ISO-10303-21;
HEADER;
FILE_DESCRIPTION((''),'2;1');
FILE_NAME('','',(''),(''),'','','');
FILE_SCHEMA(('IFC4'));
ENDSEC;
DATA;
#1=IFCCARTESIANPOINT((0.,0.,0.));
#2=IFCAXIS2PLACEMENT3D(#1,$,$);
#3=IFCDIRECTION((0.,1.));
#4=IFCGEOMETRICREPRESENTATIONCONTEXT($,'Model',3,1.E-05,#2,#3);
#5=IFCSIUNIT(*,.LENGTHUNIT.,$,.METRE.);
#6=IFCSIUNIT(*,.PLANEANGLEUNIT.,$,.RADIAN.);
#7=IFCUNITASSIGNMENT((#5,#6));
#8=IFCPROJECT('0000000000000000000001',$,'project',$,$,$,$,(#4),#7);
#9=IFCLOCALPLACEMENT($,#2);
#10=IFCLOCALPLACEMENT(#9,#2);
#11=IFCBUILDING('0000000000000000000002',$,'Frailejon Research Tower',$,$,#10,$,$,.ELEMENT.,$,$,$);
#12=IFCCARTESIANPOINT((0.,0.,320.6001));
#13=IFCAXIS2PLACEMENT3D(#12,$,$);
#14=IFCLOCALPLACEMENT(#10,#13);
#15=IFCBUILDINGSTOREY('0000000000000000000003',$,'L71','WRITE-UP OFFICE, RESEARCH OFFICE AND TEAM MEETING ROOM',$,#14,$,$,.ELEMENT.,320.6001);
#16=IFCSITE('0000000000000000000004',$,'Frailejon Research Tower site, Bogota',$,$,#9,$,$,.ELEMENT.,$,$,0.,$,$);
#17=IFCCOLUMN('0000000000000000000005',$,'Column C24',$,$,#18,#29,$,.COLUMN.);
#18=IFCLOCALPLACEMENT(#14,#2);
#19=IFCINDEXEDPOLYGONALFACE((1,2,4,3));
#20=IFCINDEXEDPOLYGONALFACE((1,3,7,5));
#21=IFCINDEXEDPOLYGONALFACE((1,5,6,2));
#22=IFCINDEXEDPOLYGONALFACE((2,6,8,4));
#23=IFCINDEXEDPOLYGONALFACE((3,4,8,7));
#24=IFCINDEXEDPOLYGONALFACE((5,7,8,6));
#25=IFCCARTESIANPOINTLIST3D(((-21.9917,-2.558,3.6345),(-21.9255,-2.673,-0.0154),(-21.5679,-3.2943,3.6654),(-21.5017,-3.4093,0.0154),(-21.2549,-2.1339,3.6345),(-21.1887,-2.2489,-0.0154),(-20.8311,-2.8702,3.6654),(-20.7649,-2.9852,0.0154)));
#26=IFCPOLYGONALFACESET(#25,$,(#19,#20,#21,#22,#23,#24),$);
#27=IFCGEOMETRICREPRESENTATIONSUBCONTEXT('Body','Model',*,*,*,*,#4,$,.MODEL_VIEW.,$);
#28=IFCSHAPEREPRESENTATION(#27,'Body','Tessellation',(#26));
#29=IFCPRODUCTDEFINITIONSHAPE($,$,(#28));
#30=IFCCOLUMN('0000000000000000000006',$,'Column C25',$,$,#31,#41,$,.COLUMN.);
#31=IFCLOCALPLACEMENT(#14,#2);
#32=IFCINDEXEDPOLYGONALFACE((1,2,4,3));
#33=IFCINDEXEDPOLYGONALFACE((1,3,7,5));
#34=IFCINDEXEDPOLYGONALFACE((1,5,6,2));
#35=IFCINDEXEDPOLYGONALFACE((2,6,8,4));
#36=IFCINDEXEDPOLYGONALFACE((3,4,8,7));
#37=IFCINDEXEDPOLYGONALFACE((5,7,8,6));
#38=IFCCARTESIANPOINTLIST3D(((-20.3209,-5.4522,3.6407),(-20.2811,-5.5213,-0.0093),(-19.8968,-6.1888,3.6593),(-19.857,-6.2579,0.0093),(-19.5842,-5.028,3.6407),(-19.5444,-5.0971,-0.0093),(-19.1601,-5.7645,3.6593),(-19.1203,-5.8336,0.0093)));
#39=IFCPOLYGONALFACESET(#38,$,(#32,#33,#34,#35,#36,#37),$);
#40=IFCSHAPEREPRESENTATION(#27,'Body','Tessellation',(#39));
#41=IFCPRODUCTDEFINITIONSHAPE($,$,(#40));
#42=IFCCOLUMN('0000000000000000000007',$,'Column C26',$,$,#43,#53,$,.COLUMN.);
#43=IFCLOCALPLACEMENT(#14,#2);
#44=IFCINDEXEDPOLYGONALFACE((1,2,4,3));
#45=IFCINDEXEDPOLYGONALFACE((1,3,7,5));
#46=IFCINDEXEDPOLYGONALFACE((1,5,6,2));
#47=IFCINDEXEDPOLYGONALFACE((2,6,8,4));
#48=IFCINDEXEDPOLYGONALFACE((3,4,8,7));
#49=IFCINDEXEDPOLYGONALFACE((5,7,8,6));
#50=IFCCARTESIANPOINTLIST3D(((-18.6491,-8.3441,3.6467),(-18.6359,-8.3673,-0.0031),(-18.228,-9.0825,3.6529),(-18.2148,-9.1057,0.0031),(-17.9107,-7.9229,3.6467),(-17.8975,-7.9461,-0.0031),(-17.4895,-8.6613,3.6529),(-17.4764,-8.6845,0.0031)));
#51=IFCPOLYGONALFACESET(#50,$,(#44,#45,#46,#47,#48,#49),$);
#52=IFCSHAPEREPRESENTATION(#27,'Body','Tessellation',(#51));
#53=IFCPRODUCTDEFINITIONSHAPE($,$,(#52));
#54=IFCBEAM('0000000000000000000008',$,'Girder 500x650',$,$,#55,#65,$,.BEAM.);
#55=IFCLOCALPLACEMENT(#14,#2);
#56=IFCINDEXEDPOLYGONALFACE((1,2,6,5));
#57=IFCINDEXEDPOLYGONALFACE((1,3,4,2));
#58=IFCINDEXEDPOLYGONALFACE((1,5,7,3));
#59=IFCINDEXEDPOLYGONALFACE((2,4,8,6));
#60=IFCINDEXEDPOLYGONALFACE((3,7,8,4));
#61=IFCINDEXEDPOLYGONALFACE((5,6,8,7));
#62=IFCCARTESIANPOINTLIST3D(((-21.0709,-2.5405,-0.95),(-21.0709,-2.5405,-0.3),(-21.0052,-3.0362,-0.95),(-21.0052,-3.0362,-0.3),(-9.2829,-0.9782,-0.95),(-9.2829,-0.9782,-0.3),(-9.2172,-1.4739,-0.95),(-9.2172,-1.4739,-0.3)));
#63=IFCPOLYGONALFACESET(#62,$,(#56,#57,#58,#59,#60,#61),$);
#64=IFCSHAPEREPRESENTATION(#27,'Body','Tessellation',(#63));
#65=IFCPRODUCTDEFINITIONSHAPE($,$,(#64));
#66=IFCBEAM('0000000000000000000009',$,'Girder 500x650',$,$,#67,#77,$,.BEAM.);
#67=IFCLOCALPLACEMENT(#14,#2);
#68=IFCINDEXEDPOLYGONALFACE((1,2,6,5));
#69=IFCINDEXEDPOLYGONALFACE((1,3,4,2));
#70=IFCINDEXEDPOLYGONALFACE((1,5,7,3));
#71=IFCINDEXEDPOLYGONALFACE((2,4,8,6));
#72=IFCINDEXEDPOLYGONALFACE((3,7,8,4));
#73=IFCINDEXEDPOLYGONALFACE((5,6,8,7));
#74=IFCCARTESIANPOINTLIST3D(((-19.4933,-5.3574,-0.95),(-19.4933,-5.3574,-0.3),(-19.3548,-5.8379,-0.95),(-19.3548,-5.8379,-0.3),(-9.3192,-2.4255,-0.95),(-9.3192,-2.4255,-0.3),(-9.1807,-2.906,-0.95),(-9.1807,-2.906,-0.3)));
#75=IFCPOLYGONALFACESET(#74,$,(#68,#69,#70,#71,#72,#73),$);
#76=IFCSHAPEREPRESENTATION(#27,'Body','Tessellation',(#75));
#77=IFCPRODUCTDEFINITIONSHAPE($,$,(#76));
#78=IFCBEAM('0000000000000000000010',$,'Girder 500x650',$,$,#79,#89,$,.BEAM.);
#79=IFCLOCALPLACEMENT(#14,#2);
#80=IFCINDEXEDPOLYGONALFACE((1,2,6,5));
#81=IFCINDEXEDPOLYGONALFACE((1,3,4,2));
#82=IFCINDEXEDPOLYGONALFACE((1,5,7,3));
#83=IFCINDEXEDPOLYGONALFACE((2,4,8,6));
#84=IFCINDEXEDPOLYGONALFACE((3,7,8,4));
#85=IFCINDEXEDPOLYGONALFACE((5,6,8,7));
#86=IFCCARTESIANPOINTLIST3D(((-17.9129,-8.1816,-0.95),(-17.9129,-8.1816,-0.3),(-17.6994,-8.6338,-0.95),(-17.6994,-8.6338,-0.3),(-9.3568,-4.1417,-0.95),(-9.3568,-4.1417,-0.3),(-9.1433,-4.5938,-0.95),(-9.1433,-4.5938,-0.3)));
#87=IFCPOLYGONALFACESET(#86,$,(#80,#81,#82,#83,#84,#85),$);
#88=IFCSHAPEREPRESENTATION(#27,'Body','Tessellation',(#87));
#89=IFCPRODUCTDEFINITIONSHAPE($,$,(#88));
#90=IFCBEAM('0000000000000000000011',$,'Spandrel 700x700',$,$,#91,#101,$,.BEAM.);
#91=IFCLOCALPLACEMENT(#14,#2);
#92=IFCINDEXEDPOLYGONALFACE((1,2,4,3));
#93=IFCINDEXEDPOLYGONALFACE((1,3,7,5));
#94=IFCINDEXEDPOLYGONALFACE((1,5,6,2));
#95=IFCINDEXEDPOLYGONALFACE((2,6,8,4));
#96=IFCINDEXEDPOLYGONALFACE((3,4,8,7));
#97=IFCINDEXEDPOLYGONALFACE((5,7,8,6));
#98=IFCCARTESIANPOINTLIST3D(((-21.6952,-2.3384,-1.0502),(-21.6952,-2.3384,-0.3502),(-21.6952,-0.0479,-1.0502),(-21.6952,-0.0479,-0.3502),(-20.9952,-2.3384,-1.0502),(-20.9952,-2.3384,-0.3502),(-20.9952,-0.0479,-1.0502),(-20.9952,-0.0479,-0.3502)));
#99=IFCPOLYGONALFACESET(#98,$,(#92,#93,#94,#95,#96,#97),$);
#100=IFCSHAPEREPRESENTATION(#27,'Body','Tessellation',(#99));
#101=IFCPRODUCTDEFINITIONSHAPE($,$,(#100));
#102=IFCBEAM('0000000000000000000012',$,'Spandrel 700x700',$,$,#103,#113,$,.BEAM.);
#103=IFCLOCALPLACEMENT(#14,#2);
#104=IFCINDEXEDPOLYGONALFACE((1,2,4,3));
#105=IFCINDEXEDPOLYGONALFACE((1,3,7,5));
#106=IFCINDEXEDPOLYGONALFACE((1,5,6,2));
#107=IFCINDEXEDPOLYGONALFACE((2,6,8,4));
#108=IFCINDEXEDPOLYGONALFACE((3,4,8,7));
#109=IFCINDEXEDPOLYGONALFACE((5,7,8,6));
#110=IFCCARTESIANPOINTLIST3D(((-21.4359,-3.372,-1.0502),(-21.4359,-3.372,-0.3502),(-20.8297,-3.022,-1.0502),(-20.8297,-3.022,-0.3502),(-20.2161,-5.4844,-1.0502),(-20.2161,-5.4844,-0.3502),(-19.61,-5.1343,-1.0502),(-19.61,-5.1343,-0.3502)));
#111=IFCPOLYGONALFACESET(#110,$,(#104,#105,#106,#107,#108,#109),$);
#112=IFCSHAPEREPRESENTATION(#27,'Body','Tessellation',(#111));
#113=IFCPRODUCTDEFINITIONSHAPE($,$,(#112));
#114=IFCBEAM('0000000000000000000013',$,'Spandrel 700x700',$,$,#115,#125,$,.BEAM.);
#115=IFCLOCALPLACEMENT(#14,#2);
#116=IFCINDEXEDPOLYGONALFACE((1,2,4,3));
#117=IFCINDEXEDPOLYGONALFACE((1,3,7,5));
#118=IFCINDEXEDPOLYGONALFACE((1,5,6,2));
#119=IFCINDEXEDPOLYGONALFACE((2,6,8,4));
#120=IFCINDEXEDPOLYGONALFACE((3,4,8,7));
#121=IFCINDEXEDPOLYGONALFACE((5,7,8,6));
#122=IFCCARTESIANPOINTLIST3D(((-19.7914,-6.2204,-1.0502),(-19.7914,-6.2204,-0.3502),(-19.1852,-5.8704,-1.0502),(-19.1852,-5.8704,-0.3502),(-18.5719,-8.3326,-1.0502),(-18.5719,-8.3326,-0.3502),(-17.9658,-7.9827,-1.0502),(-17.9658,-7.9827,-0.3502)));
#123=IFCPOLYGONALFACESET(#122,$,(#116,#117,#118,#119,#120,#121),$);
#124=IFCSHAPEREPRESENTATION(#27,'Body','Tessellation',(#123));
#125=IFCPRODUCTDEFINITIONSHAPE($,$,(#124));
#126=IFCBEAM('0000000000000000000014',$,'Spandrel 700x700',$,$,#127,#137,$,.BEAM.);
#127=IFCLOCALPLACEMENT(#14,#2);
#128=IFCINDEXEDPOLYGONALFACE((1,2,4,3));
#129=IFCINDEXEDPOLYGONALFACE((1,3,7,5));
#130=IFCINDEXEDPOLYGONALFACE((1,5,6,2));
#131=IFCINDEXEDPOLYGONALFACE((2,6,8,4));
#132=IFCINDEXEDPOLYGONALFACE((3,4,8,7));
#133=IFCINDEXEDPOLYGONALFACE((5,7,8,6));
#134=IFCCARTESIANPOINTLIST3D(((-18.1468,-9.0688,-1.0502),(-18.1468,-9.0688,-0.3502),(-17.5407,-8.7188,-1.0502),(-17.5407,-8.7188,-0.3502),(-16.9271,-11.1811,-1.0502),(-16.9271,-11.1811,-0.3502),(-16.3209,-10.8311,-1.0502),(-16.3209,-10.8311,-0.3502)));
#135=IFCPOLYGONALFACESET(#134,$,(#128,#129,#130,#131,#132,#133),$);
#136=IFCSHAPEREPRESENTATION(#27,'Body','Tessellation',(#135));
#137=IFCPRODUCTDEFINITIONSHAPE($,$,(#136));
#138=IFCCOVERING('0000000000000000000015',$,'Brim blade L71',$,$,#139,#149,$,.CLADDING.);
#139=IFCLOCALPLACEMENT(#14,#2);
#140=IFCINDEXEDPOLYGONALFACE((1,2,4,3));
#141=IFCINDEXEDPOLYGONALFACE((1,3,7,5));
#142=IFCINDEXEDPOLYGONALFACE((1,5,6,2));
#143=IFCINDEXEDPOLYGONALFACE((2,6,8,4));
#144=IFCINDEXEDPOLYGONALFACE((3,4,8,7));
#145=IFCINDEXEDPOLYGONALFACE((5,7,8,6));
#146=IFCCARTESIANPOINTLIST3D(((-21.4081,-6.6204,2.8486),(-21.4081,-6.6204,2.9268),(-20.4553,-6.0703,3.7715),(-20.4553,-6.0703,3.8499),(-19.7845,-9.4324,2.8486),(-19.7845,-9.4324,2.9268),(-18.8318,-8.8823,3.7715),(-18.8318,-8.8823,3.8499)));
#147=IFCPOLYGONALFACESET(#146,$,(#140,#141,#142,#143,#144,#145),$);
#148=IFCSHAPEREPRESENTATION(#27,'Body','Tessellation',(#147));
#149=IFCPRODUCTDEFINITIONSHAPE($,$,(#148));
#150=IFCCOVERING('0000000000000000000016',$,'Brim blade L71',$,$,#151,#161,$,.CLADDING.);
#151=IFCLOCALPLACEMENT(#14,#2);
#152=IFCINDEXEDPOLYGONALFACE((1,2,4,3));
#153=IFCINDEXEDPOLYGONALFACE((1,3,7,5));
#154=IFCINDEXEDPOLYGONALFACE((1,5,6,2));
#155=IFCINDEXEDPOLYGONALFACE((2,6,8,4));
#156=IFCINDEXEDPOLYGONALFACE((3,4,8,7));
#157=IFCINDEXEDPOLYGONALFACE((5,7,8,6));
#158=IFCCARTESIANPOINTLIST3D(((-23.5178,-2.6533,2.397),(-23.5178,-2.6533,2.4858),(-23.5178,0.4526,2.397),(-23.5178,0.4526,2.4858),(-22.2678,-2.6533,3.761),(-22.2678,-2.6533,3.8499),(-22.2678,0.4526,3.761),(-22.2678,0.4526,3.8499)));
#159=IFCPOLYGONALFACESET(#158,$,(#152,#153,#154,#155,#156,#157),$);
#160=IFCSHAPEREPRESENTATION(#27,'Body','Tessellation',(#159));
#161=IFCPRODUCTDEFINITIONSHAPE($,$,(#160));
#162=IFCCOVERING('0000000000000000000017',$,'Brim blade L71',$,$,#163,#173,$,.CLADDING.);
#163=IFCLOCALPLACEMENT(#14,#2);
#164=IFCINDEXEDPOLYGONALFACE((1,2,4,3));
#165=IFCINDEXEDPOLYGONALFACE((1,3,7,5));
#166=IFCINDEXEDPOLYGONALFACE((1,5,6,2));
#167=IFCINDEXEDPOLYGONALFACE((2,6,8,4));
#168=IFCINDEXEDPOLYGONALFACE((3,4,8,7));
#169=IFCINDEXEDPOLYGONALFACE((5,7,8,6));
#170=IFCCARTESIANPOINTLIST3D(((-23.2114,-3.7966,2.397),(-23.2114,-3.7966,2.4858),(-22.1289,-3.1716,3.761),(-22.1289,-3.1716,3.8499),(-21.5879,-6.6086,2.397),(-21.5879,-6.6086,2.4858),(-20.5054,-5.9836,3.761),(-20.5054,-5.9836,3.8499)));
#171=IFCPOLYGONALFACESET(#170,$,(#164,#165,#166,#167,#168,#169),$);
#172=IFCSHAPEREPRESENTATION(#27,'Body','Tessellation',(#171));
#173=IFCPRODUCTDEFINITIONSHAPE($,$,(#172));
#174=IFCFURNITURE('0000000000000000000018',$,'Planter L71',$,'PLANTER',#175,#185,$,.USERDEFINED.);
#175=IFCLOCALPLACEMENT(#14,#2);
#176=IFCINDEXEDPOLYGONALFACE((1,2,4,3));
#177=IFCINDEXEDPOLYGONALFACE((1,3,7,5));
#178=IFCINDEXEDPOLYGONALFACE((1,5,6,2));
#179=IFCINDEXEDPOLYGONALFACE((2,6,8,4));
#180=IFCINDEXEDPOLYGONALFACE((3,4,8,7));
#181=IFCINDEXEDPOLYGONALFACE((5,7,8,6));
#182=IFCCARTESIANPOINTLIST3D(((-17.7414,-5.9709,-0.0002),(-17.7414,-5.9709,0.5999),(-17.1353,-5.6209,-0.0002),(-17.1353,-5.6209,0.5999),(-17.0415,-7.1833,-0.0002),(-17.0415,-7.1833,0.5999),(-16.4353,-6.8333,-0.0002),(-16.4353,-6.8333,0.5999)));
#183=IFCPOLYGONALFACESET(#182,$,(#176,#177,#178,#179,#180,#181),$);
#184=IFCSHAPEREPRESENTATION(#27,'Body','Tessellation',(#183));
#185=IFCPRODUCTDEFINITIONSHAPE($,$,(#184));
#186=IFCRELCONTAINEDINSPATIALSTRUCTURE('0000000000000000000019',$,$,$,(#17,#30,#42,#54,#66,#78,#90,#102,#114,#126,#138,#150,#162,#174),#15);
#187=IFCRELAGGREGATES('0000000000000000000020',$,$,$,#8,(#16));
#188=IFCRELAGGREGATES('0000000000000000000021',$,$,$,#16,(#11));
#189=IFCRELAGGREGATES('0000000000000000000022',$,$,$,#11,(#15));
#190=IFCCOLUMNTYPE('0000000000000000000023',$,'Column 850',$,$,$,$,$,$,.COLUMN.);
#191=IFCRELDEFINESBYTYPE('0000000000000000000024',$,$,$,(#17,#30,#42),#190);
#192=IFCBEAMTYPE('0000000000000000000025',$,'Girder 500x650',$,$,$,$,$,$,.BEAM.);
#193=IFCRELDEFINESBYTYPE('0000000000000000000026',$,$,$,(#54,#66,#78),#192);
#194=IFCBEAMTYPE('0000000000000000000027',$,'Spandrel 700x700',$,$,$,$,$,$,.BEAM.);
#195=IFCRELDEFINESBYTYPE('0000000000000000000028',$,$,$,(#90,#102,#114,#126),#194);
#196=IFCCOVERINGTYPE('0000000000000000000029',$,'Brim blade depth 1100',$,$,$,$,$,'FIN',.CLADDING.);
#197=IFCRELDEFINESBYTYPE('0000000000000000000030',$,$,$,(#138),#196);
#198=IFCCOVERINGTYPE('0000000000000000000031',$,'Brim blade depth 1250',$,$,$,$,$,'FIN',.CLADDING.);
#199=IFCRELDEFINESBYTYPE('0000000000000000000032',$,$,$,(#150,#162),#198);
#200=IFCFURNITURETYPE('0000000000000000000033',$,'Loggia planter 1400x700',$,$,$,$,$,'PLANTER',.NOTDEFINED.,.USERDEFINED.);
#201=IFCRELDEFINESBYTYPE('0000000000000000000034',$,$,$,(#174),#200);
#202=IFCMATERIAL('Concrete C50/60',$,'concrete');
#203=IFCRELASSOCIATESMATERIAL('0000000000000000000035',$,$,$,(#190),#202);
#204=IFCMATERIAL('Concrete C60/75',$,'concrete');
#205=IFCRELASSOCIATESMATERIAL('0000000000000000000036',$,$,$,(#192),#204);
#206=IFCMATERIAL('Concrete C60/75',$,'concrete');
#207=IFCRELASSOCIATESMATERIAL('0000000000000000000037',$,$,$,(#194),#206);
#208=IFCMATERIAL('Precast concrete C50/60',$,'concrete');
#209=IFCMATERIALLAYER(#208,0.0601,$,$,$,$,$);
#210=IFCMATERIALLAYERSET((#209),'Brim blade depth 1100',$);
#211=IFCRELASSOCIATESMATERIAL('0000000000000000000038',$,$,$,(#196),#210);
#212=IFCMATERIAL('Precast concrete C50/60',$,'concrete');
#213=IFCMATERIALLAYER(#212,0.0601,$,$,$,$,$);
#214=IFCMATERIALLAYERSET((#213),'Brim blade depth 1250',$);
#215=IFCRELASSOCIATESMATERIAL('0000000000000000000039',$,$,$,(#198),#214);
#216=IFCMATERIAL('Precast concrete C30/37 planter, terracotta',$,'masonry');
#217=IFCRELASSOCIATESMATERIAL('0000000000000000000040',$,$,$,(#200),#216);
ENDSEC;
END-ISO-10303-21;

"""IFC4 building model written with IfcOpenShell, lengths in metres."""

from ifc_helpers import new_model, si_unit, direction, frame, origin, origin_2d, place, context, subcontext, project, spatial, polyline, rectangle, outline, extrude, material, layer, layer_set, material_profile, profile_set, type_object, element, save


model = new_model("IFC4")

# Units and contexts
model_context = context("Model", 3, precision=1e-05, world=origin(), true_north=direction((0.0, 1.0)))
body_context = subcontext(model_context, "Body", "Model", "MODEL_VIEW")
ifc_project = project(units=[si_unit("LENGTHUNIT", "METRE"), si_unit("PLANEANGLEUNIT", "RADIAN")], contexts=[model_context])

# Site, building, storey
site_placement = place(None, origin())
site = spatial("IfcSite", under=ifc_project, at=site_placement, Name="Frailejon Research Tower site, Bogota", CompositionType="ELEMENT", RefElevation=0.0)
building_placement = place(site_placement, origin())
building = spatial("IfcBuilding", under=site, at=building_placement, Name="Frailejon Research Tower", CompositionType="ELEMENT")
storey_placement = place(building_placement, frame((0.0, 0.0, 320.6001)))
storey = spatial("IfcBuildingStorey", under=building, at=storey_placement, Name="L71", Description="WRITE-UP OFFICE, RESEARCH OFFICE AND TEAM MEETING ROOM", CompositionType="ELEMENT", Elevation=320.6001)

# Columns
ifc_material_1 = material(Name="Concrete C50/60", Category="concrete")
ifc_material_profile_1 = material_profile(ifc_material_1, rectangle(XDim=0.8501, YDim=0.8501, at=origin_2d()), Name="Column 850")
ifc_profile_set_1 = profile_set([ifc_material_profile_1], Name="Concrete C50/60")
column_type = type_object("IfcColumnType", Name="Column 850", PredefinedType="COLUMN", material=ifc_profile_set_1)
column_1_placement = place(storey_placement, frame((-21.3452, -2.8291, 0.0), z_axis=(-0.018115, 0.031484, 0.99934), x_axis=(0.498543, -0.866104, 0.036324)))
element("IfcColumn", 1, at=column_1_placement, inside=storey, type_object=column_type, Name="Column C24", PredefinedType="COLUMN", context=body_context, shape_type="SweptSolid", body=[
    extrude(rectangle(XDim=0.8501, YDim=0.8501, at=origin_2d()), origin(), (0.0, 0.0, 1.0), 3.6523),
])
column_2_placement = place(storey_placement, frame((-19.7007, -5.6775, 0.0), z_axis=(-0.0109, 0.018925, 0.999761), x_axis=(0.498899, -0.866385, 0.02184)))
element("IfcColumn", 2, at=column_2_placement, inside=storey, type_object=column_type, Name="Column C25", PredefinedType="COLUMN", context=body_context, shape_type="SweptSolid", body=[
    extrude(rectangle(XDim=0.8501, YDim=0.8501, at=origin_2d()), origin(), (0.0, 0.0, 1.0), 3.6509),
])
column_3_placement = place(storey_placement, frame((-18.0562, -8.5259, 0.0), z_axis=(-0.003612, 0.006354, 0.999973), x_axis=(0.495427, -0.868619, 0.007309)))
element("IfcColumn", 3, at=column_3_placement, inside=storey, type_object=column_type, Name="Column C26", PredefinedType="COLUMN", context=body_context, shape_type="SweptSolid", body=[
    extrude(rectangle(XDim=0.8501, YDim=0.8501, at=origin_2d()), origin(), (0.0, 0.0, 1.0), 3.6499),
])

# Beams
ifc_material_2 = material(Name="Concrete C60/75", Category="concrete")
ifc_material_profile_2 = material_profile(ifc_material_2, rectangle(XDim=0.5, YDim=0.6499, at=origin_2d()), Name="Girder 500x650")
ifc_profile_set_2 = profile_set([ifc_material_profile_2], Name="Concrete C60/75")
beam_type_1 = type_object("IfcBeamType", Name="Girder 500x650", PredefinedType="BEAM", material=ifc_profile_set_2)
beam_1_placement = place(storey_placement, frame((-21.0381, -2.7883, -0.625), z_axis=(0.991332, 0.13138, 0.0), x_axis=(-0.13138, 0.991332, 0.0)))
element("IfcBeam", 4, at=beam_1_placement, inside=storey, type_object=beam_type_1, Name="Girder 500x650", PredefinedType="BEAM", context=body_context, shape_type="SweptSolid", body=[
    extrude(rectangle(XDim=0.5, YDim=0.6499, at=origin_2d()), origin(), (0.0, 0.0, 1.0), 11.8911),
])
beam_2_placement = place(storey_placement, frame((-19.4241, -5.5977, -0.625), z_axis=(0.960898, 0.276904, 0.0), x_axis=(-0.276904, 0.960898, 0.0)))
element("IfcBeam", 5, at=beam_2_placement, inside=storey, type_object=beam_type_1, Name="Girder 500x650", PredefinedType="BEAM", context=body_context, shape_type="SweptSolid", body=[
    extrude(rectangle(XDim=0.5, YDim=0.6499, at=origin_2d()), origin(), (0.0, 0.0, 1.0), 10.5881),
])
beam_3_placement = place(storey_placement, frame((-17.8062, -8.4077, -0.625), z_axis=(0.904264, 0.426975, 0.0), x_axis=(-0.426975, 0.904264, 0.0)))
element("IfcBeam", 6, at=beam_3_placement, inside=storey, type_object=beam_type_1, Name="Girder 500x650", PredefinedType="BEAM", context=body_context, shape_type="SweptSolid", body=[
    extrude(rectangle(XDim=0.5, YDim=0.6499, at=origin_2d()), origin(), (0.0, 0.0, 1.0), 9.4619),
])
ifc_material_3 = material(Name="Concrete C60/75", Category="concrete")
ifc_material_profile_3 = material_profile(ifc_material_3, rectangle(XDim=0.7, YDim=0.7, at=origin_2d()), Name="Spandrel 700x700")
ifc_profile_set_3 = profile_set([ifc_material_profile_3], Name="Concrete C60/75")
beam_type_2 = type_object("IfcBeamType", Name="Spandrel 700x700", PredefinedType="BEAM", material=ifc_profile_set_3)
beam_4_placement = place(storey_placement, frame((-21.3452, -0.0479, -0.7002), z_axis=(0.0, -1.0, 0.0), x_axis=(1.0, 0.0, 0.0)))
element("IfcBeam", 7, at=beam_4_placement, inside=storey, type_object=beam_type_2, Name="Spandrel 700x700", PredefinedType="BEAM", context=body_context, shape_type="SweptSolid", body=[
    extrude(rectangle(XDim=0.7, YDim=0.7, at=origin_2d()), origin(), (0.0, 0.0, 1.0), 2.2905),
])
beam_5_placement = place(storey_placement, frame((-21.1328, -3.197, -0.7002), z_axis=(0.500057, -0.865992, 0.0), x_axis=(0.865992, 0.500057, 0.0)))
element("IfcBeam", 8, at=beam_5_placement, inside=storey, type_object=beam_type_2, Name="Spandrel 700x700", PredefinedType="BEAM", context=body_context, shape_type="SweptSolid", body=[
    extrude(rectangle(XDim=0.7, YDim=0.7, at=origin_2d()), origin(), (0.0, 0.0, 1.0), 2.4392),
])
beam_6_placement = place(storey_placement, frame((-19.4883, -6.0454, -0.7002), z_axis=(0.499982, -0.866036, 0.0), x_axis=(0.866036, 0.499982, 0.0)))
element("IfcBeam", 9, at=beam_6_placement, inside=storey, type_object=beam_type_2, Name="Spandrel 700x700", PredefinedType="BEAM", context=body_context, shape_type="SweptSolid", body=[
    extrude(rectangle(XDim=0.7, YDim=0.7, at=origin_2d()), origin(), (0.0, 0.0, 1.0), 2.439),
])
beam_7_placement = place(storey_placement, frame((-17.8438, -8.8938, -0.7002), z_axis=(0.500057, -0.865992, 0.0), x_axis=(0.865992, 0.500057, 0.0)))
element("IfcBeam", 10, at=beam_7_placement, inside=storey, type_object=beam_type_2, Name="Spandrel 700x700", PredefinedType="BEAM", context=body_context, shape_type="SweptSolid", body=[
    extrude(rectangle(XDim=0.7, YDim=0.7, at=origin_2d()), origin(), (0.0, 0.0, 1.0), 2.4392),
])

# Coverings
ifc_material_4 = material(Name="Precast concrete C50/60", Category="concrete")
ifc_layer_1 = layer(ifc_material_4, 0.0601)
ifc_layer_set_1 = layer_set([ifc_layer_1], Name="Brim blade depth 1100")
covering_type_1 = type_object("IfcCoveringType", Name="Brim blade depth 1100", ElementType="FIN", PredefinedType="CLADDING", material=ifc_layer_set_1)
covering_1_placement = place(storey_placement, frame((-18.8318, -8.8823, 3.8499), z_axis=(-0.500008, 0.866021, 0.0), x_axis=(-0.866021, -0.500008, 0.0)))
element("IfcCovering", 11, at=covering_1_placement, inside=storey, type_object=covering_type_1, Name="Brim blade L71", PredefinedType="CLADDING", context=body_context, shape_type="SweptSolid", body=[
    extrude(outline(polyline([(0.0, -0.0784), (1.1001, -1.0012), (1.1001, -0.9231), (0.0, 0.0), (0.0, -0.0784)])), origin(), (0.0, 0.0, 1.0), 3.2471),
])
ifc_material_5 = material(Name="Precast concrete C50/60", Category="concrete")
ifc_layer_2 = layer(ifc_material_5, 0.0601)
ifc_layer_set_2 = layer_set([ifc_layer_2], Name="Brim blade depth 1250")
covering_type_2 = type_object("IfcCoveringType", Name="Brim blade depth 1250", ElementType="FIN", PredefinedType="CLADDING", material=ifc_layer_set_2)
covering_2_placement = place(storey_placement, frame((-22.2678, -2.6533, 3.8499), z_axis=(0.0, 1.0, 0.0), x_axis=(-1.0, 0.0, 0.0)))
element("IfcCovering", 12, at=covering_2_placement, inside=storey, type_object=covering_type_2, Name="Brim blade L71", PredefinedType="CLADDING", context=body_context, shape_type="SweptSolid", body=[
    extrude(outline(polyline([(0.0, -0.0889), (1.25, -1.4529), (1.25, -1.364), (0.0, 0.0), (0.0, -0.0889)])), origin(), (0.0, 0.0, 1.0), 3.106),
])
covering_3_placement = place(storey_placement, frame((-20.5054, -5.9836, 3.8499), z_axis=(-0.499985, 0.866034, 0.0), x_axis=(-0.866034, -0.499985, 0.0)))
element("IfcCovering", 13, at=covering_3_placement, inside=storey, type_object=covering_type_2, Name="Brim blade L71", PredefinedType="CLADDING", context=body_context, shape_type="SweptSolid", body=[
    extrude(outline(polyline([(0.0, -0.0889), (1.25, -1.4529), (1.25, -1.364), (0.0, 0.0), (0.0, -0.0889)])), origin(), (0.0, 0.0, 1.0), 3.2471),
])

# Furniture
ifc_material_6 = material(Name="Precast concrete C30/37 planter, terracotta", Category="masonry")
furniture_type = type_object("IfcFurnitureType", Name="Loggia planter 1400x700", ElementType="PLANTER", AssemblyPlace="NOTDEFINED", PredefinedType="USERDEFINED", material=ifc_material_6)
furniture_placement = place(storey_placement, frame((-17.0884, -6.4021, -0.0002), z_axis=(0.0, 0.0, 1.0), x_axis=(0.5, -0.866025, 0.0)))
element("IfcFurniture", 14, at=furniture_placement, inside=storey, type_object=furniture_type, Name="Planter L71", ObjectType="PLANTER", PredefinedType="USERDEFINED", context=body_context, shape_type="SweptSolid", body=[
    extrude(rectangle(XDim=1.3999, YDim=0.7, at=origin_2d()), origin(), (0.0, 0.0, 1.0), 0.6001),
])

save(model, "model.ifc")
